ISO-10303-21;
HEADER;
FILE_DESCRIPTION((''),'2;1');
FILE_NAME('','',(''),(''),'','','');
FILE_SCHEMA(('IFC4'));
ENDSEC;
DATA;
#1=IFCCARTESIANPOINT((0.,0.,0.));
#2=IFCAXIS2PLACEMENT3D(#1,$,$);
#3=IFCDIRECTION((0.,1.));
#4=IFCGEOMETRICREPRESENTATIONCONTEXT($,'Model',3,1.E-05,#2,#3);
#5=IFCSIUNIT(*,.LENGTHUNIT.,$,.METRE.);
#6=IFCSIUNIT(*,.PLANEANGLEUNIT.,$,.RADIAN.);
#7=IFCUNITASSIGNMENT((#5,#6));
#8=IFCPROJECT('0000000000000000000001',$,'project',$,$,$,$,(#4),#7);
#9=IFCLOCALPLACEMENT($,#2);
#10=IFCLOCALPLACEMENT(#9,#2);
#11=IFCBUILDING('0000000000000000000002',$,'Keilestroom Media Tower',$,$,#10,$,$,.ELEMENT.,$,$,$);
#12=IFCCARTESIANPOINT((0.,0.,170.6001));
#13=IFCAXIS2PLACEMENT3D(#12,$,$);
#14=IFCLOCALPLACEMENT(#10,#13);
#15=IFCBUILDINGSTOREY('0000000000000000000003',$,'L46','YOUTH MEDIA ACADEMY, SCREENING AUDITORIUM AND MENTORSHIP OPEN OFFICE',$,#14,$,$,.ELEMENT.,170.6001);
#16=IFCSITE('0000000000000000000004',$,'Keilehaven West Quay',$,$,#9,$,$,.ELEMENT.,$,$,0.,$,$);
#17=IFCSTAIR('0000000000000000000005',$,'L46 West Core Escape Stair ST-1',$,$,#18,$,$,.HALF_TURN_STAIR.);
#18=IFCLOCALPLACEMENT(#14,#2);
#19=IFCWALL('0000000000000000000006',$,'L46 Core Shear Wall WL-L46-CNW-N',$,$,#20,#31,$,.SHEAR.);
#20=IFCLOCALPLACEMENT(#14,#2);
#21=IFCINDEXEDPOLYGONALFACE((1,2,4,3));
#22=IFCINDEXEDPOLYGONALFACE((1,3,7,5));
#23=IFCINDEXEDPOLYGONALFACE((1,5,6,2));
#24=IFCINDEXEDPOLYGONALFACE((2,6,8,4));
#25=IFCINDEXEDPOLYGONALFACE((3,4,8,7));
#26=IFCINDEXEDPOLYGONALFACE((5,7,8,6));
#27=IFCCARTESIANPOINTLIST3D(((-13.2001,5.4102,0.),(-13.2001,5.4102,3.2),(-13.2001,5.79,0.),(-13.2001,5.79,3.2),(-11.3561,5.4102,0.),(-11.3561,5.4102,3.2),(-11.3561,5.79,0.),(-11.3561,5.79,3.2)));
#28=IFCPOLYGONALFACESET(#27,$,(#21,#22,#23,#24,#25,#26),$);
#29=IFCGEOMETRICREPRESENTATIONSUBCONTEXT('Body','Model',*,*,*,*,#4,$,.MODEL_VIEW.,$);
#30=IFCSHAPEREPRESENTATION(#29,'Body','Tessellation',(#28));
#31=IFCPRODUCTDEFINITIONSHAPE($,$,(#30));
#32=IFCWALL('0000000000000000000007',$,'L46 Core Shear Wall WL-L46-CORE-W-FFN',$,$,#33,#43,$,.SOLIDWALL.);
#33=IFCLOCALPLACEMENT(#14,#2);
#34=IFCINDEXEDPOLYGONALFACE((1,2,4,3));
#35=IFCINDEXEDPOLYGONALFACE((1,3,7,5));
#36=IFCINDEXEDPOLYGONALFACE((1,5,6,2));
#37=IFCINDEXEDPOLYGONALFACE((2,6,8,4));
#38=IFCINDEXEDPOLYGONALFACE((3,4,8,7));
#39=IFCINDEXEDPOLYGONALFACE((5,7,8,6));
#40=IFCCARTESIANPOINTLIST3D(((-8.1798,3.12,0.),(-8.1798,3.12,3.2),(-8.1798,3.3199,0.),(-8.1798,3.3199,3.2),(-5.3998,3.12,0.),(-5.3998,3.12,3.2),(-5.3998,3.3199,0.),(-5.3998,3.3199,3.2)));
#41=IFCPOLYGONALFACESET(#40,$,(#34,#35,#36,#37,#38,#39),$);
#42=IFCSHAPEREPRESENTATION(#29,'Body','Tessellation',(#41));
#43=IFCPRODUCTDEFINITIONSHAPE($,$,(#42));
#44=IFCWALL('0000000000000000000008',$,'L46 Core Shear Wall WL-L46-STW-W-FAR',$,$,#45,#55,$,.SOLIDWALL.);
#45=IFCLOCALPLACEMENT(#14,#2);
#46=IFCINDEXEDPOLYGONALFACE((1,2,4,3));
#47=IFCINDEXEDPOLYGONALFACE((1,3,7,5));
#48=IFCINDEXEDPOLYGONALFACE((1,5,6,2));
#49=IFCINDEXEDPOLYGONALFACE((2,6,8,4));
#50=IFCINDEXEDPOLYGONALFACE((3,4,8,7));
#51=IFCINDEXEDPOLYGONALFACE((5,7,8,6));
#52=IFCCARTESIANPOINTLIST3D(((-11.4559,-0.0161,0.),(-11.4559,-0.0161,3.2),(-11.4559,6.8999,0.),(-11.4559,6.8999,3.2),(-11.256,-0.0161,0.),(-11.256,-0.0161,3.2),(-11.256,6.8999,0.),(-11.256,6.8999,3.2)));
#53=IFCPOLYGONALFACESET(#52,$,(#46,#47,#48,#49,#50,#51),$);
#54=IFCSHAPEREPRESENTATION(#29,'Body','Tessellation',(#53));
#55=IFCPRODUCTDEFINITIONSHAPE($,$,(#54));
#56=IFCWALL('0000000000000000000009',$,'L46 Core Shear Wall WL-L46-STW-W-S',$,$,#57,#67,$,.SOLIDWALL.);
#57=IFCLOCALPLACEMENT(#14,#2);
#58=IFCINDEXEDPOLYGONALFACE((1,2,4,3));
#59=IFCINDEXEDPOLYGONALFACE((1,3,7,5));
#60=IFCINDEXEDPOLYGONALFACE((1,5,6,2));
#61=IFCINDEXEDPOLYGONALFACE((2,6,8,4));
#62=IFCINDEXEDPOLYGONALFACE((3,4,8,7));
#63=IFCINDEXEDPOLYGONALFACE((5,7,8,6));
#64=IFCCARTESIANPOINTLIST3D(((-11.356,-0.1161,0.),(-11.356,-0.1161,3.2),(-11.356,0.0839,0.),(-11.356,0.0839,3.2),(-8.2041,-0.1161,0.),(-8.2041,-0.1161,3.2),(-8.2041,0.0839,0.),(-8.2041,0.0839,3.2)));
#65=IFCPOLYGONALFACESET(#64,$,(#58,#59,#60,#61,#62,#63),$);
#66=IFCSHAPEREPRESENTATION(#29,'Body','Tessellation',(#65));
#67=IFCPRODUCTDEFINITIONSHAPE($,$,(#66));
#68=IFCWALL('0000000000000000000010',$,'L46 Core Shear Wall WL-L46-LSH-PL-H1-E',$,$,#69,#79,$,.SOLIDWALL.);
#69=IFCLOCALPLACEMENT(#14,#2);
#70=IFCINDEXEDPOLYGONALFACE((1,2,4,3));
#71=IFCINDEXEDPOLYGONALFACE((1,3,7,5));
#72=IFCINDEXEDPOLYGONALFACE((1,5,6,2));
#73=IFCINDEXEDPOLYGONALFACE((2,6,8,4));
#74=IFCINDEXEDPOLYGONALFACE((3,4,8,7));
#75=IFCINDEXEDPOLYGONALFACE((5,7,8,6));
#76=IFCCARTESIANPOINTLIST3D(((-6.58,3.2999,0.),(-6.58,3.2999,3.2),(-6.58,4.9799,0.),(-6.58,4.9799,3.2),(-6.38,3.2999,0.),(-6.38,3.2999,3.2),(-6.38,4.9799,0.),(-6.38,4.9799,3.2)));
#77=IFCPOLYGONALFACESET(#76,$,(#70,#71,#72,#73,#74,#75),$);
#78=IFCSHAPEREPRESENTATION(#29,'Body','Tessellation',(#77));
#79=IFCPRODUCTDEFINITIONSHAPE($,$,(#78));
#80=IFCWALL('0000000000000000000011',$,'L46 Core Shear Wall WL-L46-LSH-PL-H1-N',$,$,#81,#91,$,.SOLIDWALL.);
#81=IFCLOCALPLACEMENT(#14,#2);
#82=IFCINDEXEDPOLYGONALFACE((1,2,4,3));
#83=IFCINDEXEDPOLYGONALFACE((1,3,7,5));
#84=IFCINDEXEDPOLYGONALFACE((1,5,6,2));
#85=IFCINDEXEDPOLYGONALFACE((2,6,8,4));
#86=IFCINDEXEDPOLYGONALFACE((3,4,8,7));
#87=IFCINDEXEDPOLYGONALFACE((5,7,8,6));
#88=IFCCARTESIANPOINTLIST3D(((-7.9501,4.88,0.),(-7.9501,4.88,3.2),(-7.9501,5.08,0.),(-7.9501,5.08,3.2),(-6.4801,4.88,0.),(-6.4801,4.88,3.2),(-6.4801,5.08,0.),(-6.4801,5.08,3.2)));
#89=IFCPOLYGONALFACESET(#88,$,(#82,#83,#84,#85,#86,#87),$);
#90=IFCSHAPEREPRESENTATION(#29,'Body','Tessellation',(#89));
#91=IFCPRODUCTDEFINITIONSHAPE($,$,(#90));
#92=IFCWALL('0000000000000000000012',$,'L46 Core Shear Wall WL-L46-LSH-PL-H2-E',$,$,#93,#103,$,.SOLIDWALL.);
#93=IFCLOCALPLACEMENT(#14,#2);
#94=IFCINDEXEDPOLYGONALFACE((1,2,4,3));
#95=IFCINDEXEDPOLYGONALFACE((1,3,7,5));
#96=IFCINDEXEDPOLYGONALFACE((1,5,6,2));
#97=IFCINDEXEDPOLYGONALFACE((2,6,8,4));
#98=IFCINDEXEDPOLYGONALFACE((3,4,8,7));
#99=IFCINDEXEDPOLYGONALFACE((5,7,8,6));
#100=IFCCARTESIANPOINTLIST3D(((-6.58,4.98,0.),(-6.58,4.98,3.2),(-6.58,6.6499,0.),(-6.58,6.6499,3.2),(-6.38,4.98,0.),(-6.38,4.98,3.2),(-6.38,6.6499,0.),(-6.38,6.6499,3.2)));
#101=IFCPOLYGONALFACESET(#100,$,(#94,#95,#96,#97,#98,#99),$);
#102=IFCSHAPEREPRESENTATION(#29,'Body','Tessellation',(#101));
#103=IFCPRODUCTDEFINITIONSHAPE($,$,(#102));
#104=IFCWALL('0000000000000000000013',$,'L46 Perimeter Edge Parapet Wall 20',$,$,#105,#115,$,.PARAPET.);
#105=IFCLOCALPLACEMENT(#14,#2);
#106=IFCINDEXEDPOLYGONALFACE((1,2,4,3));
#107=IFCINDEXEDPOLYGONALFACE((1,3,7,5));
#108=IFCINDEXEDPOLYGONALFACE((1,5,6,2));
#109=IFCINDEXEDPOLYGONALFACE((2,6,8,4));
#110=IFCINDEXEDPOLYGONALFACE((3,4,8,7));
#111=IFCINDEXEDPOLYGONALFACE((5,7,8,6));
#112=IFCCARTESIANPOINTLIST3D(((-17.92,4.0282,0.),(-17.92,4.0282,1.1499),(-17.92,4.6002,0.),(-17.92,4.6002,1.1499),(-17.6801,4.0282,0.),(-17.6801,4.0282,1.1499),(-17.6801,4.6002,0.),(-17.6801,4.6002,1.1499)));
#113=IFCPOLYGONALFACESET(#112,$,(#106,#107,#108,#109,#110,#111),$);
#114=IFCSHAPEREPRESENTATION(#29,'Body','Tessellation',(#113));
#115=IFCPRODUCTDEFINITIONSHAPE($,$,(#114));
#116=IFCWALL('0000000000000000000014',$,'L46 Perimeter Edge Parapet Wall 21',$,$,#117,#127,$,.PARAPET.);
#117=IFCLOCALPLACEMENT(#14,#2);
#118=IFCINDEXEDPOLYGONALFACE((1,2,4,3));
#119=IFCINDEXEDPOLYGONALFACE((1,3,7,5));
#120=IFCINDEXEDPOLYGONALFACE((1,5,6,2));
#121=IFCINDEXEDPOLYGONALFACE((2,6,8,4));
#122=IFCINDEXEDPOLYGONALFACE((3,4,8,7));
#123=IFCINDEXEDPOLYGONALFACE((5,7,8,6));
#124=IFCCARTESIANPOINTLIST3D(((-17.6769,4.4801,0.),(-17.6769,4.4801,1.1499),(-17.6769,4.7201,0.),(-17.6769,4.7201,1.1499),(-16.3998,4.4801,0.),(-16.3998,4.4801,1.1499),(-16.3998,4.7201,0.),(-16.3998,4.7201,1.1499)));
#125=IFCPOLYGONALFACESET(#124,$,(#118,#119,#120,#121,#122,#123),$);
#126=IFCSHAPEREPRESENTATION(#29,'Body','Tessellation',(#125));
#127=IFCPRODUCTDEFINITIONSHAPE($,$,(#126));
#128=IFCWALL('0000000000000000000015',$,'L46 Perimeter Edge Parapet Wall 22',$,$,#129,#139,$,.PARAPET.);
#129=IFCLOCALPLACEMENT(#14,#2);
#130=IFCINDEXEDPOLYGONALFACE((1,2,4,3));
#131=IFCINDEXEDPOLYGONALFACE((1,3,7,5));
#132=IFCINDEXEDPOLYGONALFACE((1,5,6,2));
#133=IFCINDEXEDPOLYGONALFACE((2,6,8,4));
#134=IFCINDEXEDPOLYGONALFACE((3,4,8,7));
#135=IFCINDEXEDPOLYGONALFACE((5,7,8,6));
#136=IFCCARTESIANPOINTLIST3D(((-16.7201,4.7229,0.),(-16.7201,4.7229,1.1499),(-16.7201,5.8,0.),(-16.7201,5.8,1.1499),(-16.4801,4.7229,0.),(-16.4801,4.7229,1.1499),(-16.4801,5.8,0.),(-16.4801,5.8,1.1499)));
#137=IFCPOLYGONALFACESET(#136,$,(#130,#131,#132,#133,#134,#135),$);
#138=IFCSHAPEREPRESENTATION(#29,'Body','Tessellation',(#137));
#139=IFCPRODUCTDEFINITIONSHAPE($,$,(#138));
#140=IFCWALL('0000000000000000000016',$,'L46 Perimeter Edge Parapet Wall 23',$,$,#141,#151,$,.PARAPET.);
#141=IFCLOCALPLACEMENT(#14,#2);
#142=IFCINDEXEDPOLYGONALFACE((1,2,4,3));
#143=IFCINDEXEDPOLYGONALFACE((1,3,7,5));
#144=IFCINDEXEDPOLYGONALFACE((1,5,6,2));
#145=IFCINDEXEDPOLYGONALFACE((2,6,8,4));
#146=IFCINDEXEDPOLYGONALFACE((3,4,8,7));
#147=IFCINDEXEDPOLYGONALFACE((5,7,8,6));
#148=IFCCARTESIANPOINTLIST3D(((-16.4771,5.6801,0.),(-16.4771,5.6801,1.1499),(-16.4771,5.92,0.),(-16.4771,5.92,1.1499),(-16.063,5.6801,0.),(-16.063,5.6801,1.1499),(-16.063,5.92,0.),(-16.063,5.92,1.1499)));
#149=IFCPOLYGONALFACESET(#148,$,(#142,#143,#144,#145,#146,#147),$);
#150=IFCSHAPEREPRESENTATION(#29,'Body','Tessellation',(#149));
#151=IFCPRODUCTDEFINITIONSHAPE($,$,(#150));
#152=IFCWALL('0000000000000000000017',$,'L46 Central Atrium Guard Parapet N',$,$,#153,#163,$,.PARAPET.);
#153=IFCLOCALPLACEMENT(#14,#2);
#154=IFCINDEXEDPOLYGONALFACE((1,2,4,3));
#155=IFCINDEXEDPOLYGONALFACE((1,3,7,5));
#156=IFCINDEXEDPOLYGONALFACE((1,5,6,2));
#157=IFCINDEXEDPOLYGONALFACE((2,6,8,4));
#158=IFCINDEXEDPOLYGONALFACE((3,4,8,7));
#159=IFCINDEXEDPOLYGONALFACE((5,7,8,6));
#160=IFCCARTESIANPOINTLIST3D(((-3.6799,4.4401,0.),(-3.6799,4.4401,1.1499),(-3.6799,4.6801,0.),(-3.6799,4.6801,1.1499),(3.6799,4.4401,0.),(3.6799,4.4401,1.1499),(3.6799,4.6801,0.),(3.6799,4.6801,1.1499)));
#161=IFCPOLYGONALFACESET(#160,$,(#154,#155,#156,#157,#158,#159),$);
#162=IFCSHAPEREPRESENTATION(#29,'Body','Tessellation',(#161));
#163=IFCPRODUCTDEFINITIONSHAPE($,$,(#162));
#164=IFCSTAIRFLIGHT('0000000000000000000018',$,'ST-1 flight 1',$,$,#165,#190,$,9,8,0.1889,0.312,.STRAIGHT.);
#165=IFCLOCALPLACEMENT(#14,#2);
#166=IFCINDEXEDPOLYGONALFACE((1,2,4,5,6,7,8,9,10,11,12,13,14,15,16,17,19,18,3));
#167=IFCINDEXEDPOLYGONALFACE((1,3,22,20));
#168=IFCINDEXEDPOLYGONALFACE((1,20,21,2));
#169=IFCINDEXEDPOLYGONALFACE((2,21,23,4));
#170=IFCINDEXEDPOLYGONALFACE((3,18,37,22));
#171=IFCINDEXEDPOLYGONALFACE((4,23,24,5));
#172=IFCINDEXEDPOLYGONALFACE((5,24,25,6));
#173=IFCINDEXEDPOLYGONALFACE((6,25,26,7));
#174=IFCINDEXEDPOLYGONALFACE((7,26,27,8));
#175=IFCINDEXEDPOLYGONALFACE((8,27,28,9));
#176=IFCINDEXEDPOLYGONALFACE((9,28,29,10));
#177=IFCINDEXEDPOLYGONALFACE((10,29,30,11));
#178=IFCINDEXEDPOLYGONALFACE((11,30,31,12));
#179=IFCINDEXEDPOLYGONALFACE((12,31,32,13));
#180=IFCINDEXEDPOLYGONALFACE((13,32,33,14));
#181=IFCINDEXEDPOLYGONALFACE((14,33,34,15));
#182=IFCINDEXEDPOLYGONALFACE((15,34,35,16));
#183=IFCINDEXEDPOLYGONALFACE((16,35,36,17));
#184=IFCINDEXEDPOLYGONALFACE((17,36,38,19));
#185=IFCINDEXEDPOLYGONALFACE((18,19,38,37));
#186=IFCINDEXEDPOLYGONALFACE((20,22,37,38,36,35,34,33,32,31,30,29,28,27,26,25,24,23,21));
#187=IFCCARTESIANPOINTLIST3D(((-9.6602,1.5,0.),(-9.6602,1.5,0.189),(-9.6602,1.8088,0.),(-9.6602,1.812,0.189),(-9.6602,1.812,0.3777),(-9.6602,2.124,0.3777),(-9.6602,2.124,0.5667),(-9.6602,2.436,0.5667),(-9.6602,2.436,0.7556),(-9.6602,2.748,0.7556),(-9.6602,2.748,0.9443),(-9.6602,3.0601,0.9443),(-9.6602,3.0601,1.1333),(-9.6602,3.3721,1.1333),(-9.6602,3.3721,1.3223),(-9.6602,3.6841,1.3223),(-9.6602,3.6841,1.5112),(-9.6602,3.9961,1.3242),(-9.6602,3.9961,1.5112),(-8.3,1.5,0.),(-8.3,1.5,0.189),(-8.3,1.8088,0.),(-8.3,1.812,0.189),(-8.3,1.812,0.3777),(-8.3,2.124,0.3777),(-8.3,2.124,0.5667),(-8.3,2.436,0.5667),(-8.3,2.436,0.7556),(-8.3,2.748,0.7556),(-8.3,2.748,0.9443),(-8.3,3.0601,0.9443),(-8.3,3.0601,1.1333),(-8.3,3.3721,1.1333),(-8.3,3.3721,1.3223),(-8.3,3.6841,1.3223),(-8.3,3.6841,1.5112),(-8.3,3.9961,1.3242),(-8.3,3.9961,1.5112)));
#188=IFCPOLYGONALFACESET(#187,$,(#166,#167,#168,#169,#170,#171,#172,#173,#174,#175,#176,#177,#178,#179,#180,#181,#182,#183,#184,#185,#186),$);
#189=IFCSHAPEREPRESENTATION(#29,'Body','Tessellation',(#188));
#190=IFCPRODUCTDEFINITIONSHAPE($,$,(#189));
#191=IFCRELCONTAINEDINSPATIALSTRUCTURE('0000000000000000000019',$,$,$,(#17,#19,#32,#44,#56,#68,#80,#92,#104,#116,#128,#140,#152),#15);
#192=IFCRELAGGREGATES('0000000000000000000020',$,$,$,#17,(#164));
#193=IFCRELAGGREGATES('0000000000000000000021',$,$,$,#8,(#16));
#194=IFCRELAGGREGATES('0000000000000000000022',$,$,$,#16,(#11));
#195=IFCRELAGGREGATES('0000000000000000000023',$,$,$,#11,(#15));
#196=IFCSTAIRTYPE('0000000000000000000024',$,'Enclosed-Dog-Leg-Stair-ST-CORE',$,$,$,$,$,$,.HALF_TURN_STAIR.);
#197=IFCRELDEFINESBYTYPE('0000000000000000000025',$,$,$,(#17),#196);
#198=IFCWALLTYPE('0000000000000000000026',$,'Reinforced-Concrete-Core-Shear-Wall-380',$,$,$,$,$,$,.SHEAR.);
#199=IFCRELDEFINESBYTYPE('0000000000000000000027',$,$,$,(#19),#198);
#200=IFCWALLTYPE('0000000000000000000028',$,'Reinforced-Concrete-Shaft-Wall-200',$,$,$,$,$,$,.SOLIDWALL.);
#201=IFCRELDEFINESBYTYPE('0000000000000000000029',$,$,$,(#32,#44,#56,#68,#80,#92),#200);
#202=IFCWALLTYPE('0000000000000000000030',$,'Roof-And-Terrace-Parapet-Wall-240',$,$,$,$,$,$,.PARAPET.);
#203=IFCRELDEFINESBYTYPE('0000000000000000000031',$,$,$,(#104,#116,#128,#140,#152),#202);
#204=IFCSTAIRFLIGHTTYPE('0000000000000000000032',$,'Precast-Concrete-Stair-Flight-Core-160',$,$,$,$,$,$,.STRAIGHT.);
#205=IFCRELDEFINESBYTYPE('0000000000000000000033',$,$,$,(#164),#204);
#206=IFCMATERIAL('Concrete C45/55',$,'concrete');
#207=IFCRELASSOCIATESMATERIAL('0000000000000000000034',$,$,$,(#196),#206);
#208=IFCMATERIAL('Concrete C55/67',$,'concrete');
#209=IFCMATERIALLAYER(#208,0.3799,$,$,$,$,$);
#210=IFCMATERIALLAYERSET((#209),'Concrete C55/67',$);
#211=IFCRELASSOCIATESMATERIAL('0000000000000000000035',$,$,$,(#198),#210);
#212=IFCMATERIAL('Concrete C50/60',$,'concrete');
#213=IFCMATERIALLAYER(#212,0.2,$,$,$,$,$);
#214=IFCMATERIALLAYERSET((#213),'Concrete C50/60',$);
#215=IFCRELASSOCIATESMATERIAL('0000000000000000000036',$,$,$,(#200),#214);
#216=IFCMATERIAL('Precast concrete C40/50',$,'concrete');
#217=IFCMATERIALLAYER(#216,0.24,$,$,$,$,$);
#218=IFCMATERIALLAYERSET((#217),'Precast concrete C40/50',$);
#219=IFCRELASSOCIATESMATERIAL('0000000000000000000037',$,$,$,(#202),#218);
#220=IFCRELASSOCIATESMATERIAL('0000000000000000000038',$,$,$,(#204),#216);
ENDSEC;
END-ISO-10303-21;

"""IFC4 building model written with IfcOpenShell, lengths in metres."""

from ifc_helpers import new_model, si_unit, direction, frame, frame_2d, origin, place, context, subcontext, project, spatial, polyline, rectangle, outline, extrude, material, layer, layer_set, type_object, element, aggregate, save


model = new_model("IFC4")

# Units and contexts
model_context = context("Model", 3, precision=1e-05, world=origin(), true_north=direction((0.0, 1.0)))
body_context = subcontext(model_context, "Body", "Model", "MODEL_VIEW")
ifc_project = project(units=[si_unit("LENGTHUNIT", "METRE"), si_unit("PLANEANGLEUNIT", "RADIAN")], contexts=[model_context])

# Site, building, storey
site_placement = place(None, origin())
site = spatial("IfcSite", under=ifc_project, at=site_placement, Name="Keilehaven West Quay", CompositionType="ELEMENT", RefElevation=0.0)
building_placement = place(site_placement, origin())
building = spatial("IfcBuilding", under=site, at=building_placement, Name="Keilestroom Media Tower", CompositionType="ELEMENT")
storey_placement = place(building_placement, frame((0.0, 0.0, 170.6001)))
storey = spatial("IfcBuildingStorey", under=building, at=storey_placement, Name="L46", Description="YOUTH MEDIA ACADEMY, SCREENING AUDITORIUM AND MENTORSHIP OPEN OFFICE", CompositionType="ELEMENT", Elevation=170.6001)

# Shared definitions
ifc_material_1 = material(Name="Precast concrete C40/50", Category="concrete")
ifc_material_2 = material(Name="Concrete C55/67", Category="concrete")

# Shared definitions
ifc_material_3 = material(Name="Concrete C50/60", Category="concrete")
ifc_material_4 = material(Name="Concrete C45/55", Category="concrete")

# Stair
stair_type = type_object("IfcStairType", Name="Enclosed-Dog-Leg-Stair-ST-CORE", PredefinedType="HALF_TURN_STAIR", material=ifc_material_4)
stair_1_placement = place(storey_placement, origin())
stair_1 = element("IfcStair", 1, at=stair_1_placement, inside=storey, type_object=stair_type, Name="L46 West Core Escape Stair ST-1", PredefinedType="HALF_TURN_STAIR")

# Walls
ifc_layer_1 = layer(ifc_material_2, 0.3799)
ifc_layer_set_1 = layer_set([ifc_layer_1], Name="Concrete C55/67")
wall_type_1 = type_object("IfcWallType", Name="Reinforced-Concrete-Core-Shear-Wall-380", PredefinedType="SHEAR", material=ifc_layer_set_1)
wall_1_placement = place(storey_placement, frame((-13.2, 5.6001, 0.0), z_axis=(0.0, 0.0, 1.0), x_axis=(1.0, 0.0, 0.0)))
element("IfcWall", 2, at=wall_1_placement, inside=storey, type_object=wall_type_1, Name="L46 Core Shear Wall WL-L46-CNW-N", PredefinedType="SHEAR", context=body_context, shape_type="SweptSolid", body=[
    extrude(rectangle(XDim=1.844, YDim=0.3799, at=frame_2d((0.9219, 0.0))), origin(), (0.0, 0.0, 1.0), 3.2),
])
ifc_layer_2 = layer(ifc_material_3, 0.2)
ifc_layer_set_2 = layer_set([ifc_layer_2], Name="Concrete C50/60")
wall_type_2 = type_object("IfcWallType", Name="Reinforced-Concrete-Shaft-Wall-200", PredefinedType="SOLIDWALL", material=ifc_layer_set_2)
wall_2_placement = place(storey_placement, frame((-8.1799, 3.22, 0.0), z_axis=(0.0, 0.0, 1.0), x_axis=(1.0, 0.0, 0.0)))
element("IfcWall", 3, at=wall_2_placement, inside=storey, type_object=wall_type_2, Name="L46 Core Shear Wall WL-L46-CORE-W-FFN", PredefinedType="SOLIDWALL", context=body_context, shape_type="SweptSolid", body=[
    extrude(rectangle(XDim=2.78, YDim=0.2, at=frame_2d((1.3901, 0.0))), origin(), (0.0, 0.0, 1.0), 3.2),
])
wall_3_placement = place(storey_placement, frame((-11.356, -0.0161, 0.0), z_axis=(0.0, 0.0, 1.0), x_axis=(0.0, 1.0, 0.0)))
element("IfcWall", 4, at=wall_3_placement, inside=storey, type_object=wall_type_2, Name="L46 Core Shear Wall WL-L46-STW-W-FAR", PredefinedType="SOLIDWALL", context=body_context, shape_type="SweptSolid", body=[
    extrude(rectangle(XDim=6.916, YDim=0.2, at=frame_2d((3.458, 0.0))), origin(), (0.0, 0.0, 1.0), 3.2),
])
wall_4_placement = place(storey_placement, frame((-11.356, -0.0161, 0.0), z_axis=(0.0, 0.0, 1.0), x_axis=(1.0, 0.0, 0.0)))
element("IfcWall", 5, at=wall_4_placement, inside=storey, type_object=wall_type_2, Name="L46 Core Shear Wall WL-L46-STW-W-S", PredefinedType="SOLIDWALL", context=body_context, shape_type="SweptSolid", body=[
    extrude(rectangle(XDim=3.1519, YDim=0.2, at=frame_2d((1.5759, 0.0))), origin(), (0.0, 0.0, 1.0), 3.2),
])
wall_5_placement = place(storey_placement, frame((-6.48, 3.3, 0.0), z_axis=(0.0, 0.0, 1.0), x_axis=(0.0, 1.0, 0.0)))
element("IfcWall", 6, at=wall_5_placement, inside=storey, type_object=wall_type_2, Name="L46 Core Shear Wall WL-L46-LSH-PL-H1-E", PredefinedType="SOLIDWALL", context=body_context, shape_type="SweptSolid", body=[
    extrude(rectangle(XDim=1.6799, YDim=0.2, at=frame_2d((0.8398, 0.0))), origin(), (0.0, 0.0, 1.0), 3.2),
])
wall_6_placement = place(storey_placement, frame((-7.95, 4.98, 0.0), z_axis=(0.0, 0.0, 1.0), x_axis=(1.0, 0.0, 0.0)))
element("IfcWall", 7, at=wall_6_placement, inside=storey, type_object=wall_type_2, Name="L46 Core Shear Wall WL-L46-LSH-PL-H1-N", PredefinedType="SOLIDWALL", context=body_context, shape_type="SweptSolid", body=[
    extrude(rectangle(XDim=1.47, YDim=0.2, at=frame_2d((0.7349, 0.0))), origin(), (0.0, 0.0, 1.0), 3.2),
])
wall_7_placement = place(storey_placement, frame((-6.48, 4.98, 0.0), z_axis=(0.0, 0.0, 1.0), x_axis=(0.0, 1.0, 0.0)))
element("IfcWall", 8, at=wall_7_placement, inside=storey, type_object=wall_type_2, Name="L46 Core Shear Wall WL-L46-LSH-PL-H2-E", PredefinedType="SOLIDWALL", context=body_context, shape_type="SweptSolid", body=[
    extrude(rectangle(XDim=1.6699, YDim=0.2, at=frame_2d((0.835, 0.0))), origin(), (0.0, 0.0, 1.0), 3.2),
])
ifc_layer_3 = layer(ifc_material_1, 0.24)
ifc_layer_set_3 = layer_set([ifc_layer_3], Name="Precast concrete C40/50")
wall_type_3 = type_object("IfcWallType", Name="Roof-And-Terrace-Parapet-Wall-240", PredefinedType="PARAPET", material=ifc_layer_set_3)
wall_8_placement = place(storey_placement, frame((-17.8, 4.0281, 0.0), z_axis=(0.0, 0.0, 1.0), x_axis=(0.0, 1.0, 0.0)))
element("IfcWall", 9, at=wall_8_placement, inside=storey, type_object=wall_type_3, Name="L46 Perimeter Edge Parapet Wall 20", PredefinedType="PARAPET", context=body_context, shape_type="SweptSolid", body=[
    extrude(rectangle(XDim=0.572, YDim=0.24, at=frame_2d((0.2861, 0.0))), origin(), (0.0, 0.0, 1.0), 1.1499),
])
wall_9_placement = place(storey_placement, frame((-17.677, 4.6001, 0.0), z_axis=(0.0, 0.0, 1.0), x_axis=(1.0, 0.0, 0.0)))
element("IfcWall", 10, at=wall_9_placement, inside=storey, type_object=wall_type_3, Name="L46 Perimeter Edge Parapet Wall 21", PredefinedType="PARAPET", context=body_context, shape_type="SweptSolid", body=[
    extrude(rectangle(XDim=1.2771, YDim=0.24, at=frame_2d((0.6387, 0.0))), origin(), (0.0, 0.0, 1.0), 1.1499),
])
wall_10_placement = place(storey_placement, frame((-16.6001, 4.7229, 0.0), z_axis=(0.0, 0.0, 1.0), x_axis=(0.0, 1.0, 0.0)))
element("IfcWall", 11, at=wall_10_placement, inside=storey, type_object=wall_type_3, Name="L46 Perimeter Edge Parapet Wall 22", PredefinedType="PARAPET", context=body_context, shape_type="SweptSolid", body=[
    extrude(rectangle(XDim=1.0771, YDim=0.24, at=frame_2d((0.5386, 0.0))), origin(), (0.0, 0.0, 1.0), 1.1499),
])
wall_11_placement = place(storey_placement, frame((-16.4771, 5.8, 0.0), z_axis=(0.0, 0.0, 1.0), x_axis=(1.0, 0.0, 0.0)))
element("IfcWall", 12, at=wall_11_placement, inside=storey, type_object=wall_type_3, Name="L46 Perimeter Edge Parapet Wall 23", PredefinedType="PARAPET", context=body_context, shape_type="SweptSolid", body=[
    extrude(rectangle(XDim=0.4141, YDim=0.24, at=frame_2d((0.207, 0.0))), origin(), (0.0, 0.0, 1.0), 1.1499),
])
wall_12_placement = place(storey_placement, frame((-3.6799, 4.5601, 0.0), z_axis=(0.0, 0.0, 1.0), x_axis=(1.0, 0.0, 0.0)))
element("IfcWall", 13, at=wall_12_placement, inside=storey, type_object=wall_type_3, Name="L46 Central Atrium Guard Parapet N", PredefinedType="PARAPET", context=body_context, shape_type="SweptSolid", body=[
    extrude(rectangle(XDim=7.3599, YDim=0.24, at=frame_2d((3.6799, 0.0))), origin(), (0.0, 0.0, 1.0), 1.1499),
])

# Stair flight
stair_flight_type = type_object("IfcStairFlightType", Name="Precast-Concrete-Stair-Flight-Core-160", PredefinedType="STRAIGHT", material=ifc_material_1)
stair_flight_1_placement = place(storey_placement, frame((-8.98, 1.5, 0.0), z_axis=(0.0, 0.0, 1.0), x_axis=(0.0, 1.0, 0.0)))
stair_flight_1 = element("IfcStairFlight", 14, at=stair_flight_1_placement, type_object=stair_flight_type, Name="ST-1 flight 1", NumberOfRisers=9, NumberOfTreads=8, PredefinedType="STRAIGHT", RiserHeight=0.1889, TreadLength=0.312, context=body_context, shape_type="SweptSolid", body=[
    extrude(outline(polyline([(0.0, 0.0), (0.0, 0.189), (0.312, 0.189), (0.312, 0.3777), (0.624, 0.3777), (0.624, 0.5667), (0.936, 0.5667), (0.936, 0.7556), (1.248, 0.7556), (1.248, 0.9443), (1.5601, 0.9443), (1.5601, 1.1333), (1.8721, 1.1333), (1.8721, 1.3223), (2.1841, 1.3223), (2.1841, 1.5112), (2.4961, 1.5112), (2.4961, 1.7), (2.4961, 1.3242), (0.3088, 0.0), (0.0, 0.0)])), frame((0.0, 0.6802, 0.0), z_axis=(0.0, -1.0, 0.0), x_axis=(1.0, 0.0, 0.0)), (0.0, 0.0, 1.0), 1.3601),
])
aggregate(stair_1, [stair_flight_1])

save(model, "model.ifc")
